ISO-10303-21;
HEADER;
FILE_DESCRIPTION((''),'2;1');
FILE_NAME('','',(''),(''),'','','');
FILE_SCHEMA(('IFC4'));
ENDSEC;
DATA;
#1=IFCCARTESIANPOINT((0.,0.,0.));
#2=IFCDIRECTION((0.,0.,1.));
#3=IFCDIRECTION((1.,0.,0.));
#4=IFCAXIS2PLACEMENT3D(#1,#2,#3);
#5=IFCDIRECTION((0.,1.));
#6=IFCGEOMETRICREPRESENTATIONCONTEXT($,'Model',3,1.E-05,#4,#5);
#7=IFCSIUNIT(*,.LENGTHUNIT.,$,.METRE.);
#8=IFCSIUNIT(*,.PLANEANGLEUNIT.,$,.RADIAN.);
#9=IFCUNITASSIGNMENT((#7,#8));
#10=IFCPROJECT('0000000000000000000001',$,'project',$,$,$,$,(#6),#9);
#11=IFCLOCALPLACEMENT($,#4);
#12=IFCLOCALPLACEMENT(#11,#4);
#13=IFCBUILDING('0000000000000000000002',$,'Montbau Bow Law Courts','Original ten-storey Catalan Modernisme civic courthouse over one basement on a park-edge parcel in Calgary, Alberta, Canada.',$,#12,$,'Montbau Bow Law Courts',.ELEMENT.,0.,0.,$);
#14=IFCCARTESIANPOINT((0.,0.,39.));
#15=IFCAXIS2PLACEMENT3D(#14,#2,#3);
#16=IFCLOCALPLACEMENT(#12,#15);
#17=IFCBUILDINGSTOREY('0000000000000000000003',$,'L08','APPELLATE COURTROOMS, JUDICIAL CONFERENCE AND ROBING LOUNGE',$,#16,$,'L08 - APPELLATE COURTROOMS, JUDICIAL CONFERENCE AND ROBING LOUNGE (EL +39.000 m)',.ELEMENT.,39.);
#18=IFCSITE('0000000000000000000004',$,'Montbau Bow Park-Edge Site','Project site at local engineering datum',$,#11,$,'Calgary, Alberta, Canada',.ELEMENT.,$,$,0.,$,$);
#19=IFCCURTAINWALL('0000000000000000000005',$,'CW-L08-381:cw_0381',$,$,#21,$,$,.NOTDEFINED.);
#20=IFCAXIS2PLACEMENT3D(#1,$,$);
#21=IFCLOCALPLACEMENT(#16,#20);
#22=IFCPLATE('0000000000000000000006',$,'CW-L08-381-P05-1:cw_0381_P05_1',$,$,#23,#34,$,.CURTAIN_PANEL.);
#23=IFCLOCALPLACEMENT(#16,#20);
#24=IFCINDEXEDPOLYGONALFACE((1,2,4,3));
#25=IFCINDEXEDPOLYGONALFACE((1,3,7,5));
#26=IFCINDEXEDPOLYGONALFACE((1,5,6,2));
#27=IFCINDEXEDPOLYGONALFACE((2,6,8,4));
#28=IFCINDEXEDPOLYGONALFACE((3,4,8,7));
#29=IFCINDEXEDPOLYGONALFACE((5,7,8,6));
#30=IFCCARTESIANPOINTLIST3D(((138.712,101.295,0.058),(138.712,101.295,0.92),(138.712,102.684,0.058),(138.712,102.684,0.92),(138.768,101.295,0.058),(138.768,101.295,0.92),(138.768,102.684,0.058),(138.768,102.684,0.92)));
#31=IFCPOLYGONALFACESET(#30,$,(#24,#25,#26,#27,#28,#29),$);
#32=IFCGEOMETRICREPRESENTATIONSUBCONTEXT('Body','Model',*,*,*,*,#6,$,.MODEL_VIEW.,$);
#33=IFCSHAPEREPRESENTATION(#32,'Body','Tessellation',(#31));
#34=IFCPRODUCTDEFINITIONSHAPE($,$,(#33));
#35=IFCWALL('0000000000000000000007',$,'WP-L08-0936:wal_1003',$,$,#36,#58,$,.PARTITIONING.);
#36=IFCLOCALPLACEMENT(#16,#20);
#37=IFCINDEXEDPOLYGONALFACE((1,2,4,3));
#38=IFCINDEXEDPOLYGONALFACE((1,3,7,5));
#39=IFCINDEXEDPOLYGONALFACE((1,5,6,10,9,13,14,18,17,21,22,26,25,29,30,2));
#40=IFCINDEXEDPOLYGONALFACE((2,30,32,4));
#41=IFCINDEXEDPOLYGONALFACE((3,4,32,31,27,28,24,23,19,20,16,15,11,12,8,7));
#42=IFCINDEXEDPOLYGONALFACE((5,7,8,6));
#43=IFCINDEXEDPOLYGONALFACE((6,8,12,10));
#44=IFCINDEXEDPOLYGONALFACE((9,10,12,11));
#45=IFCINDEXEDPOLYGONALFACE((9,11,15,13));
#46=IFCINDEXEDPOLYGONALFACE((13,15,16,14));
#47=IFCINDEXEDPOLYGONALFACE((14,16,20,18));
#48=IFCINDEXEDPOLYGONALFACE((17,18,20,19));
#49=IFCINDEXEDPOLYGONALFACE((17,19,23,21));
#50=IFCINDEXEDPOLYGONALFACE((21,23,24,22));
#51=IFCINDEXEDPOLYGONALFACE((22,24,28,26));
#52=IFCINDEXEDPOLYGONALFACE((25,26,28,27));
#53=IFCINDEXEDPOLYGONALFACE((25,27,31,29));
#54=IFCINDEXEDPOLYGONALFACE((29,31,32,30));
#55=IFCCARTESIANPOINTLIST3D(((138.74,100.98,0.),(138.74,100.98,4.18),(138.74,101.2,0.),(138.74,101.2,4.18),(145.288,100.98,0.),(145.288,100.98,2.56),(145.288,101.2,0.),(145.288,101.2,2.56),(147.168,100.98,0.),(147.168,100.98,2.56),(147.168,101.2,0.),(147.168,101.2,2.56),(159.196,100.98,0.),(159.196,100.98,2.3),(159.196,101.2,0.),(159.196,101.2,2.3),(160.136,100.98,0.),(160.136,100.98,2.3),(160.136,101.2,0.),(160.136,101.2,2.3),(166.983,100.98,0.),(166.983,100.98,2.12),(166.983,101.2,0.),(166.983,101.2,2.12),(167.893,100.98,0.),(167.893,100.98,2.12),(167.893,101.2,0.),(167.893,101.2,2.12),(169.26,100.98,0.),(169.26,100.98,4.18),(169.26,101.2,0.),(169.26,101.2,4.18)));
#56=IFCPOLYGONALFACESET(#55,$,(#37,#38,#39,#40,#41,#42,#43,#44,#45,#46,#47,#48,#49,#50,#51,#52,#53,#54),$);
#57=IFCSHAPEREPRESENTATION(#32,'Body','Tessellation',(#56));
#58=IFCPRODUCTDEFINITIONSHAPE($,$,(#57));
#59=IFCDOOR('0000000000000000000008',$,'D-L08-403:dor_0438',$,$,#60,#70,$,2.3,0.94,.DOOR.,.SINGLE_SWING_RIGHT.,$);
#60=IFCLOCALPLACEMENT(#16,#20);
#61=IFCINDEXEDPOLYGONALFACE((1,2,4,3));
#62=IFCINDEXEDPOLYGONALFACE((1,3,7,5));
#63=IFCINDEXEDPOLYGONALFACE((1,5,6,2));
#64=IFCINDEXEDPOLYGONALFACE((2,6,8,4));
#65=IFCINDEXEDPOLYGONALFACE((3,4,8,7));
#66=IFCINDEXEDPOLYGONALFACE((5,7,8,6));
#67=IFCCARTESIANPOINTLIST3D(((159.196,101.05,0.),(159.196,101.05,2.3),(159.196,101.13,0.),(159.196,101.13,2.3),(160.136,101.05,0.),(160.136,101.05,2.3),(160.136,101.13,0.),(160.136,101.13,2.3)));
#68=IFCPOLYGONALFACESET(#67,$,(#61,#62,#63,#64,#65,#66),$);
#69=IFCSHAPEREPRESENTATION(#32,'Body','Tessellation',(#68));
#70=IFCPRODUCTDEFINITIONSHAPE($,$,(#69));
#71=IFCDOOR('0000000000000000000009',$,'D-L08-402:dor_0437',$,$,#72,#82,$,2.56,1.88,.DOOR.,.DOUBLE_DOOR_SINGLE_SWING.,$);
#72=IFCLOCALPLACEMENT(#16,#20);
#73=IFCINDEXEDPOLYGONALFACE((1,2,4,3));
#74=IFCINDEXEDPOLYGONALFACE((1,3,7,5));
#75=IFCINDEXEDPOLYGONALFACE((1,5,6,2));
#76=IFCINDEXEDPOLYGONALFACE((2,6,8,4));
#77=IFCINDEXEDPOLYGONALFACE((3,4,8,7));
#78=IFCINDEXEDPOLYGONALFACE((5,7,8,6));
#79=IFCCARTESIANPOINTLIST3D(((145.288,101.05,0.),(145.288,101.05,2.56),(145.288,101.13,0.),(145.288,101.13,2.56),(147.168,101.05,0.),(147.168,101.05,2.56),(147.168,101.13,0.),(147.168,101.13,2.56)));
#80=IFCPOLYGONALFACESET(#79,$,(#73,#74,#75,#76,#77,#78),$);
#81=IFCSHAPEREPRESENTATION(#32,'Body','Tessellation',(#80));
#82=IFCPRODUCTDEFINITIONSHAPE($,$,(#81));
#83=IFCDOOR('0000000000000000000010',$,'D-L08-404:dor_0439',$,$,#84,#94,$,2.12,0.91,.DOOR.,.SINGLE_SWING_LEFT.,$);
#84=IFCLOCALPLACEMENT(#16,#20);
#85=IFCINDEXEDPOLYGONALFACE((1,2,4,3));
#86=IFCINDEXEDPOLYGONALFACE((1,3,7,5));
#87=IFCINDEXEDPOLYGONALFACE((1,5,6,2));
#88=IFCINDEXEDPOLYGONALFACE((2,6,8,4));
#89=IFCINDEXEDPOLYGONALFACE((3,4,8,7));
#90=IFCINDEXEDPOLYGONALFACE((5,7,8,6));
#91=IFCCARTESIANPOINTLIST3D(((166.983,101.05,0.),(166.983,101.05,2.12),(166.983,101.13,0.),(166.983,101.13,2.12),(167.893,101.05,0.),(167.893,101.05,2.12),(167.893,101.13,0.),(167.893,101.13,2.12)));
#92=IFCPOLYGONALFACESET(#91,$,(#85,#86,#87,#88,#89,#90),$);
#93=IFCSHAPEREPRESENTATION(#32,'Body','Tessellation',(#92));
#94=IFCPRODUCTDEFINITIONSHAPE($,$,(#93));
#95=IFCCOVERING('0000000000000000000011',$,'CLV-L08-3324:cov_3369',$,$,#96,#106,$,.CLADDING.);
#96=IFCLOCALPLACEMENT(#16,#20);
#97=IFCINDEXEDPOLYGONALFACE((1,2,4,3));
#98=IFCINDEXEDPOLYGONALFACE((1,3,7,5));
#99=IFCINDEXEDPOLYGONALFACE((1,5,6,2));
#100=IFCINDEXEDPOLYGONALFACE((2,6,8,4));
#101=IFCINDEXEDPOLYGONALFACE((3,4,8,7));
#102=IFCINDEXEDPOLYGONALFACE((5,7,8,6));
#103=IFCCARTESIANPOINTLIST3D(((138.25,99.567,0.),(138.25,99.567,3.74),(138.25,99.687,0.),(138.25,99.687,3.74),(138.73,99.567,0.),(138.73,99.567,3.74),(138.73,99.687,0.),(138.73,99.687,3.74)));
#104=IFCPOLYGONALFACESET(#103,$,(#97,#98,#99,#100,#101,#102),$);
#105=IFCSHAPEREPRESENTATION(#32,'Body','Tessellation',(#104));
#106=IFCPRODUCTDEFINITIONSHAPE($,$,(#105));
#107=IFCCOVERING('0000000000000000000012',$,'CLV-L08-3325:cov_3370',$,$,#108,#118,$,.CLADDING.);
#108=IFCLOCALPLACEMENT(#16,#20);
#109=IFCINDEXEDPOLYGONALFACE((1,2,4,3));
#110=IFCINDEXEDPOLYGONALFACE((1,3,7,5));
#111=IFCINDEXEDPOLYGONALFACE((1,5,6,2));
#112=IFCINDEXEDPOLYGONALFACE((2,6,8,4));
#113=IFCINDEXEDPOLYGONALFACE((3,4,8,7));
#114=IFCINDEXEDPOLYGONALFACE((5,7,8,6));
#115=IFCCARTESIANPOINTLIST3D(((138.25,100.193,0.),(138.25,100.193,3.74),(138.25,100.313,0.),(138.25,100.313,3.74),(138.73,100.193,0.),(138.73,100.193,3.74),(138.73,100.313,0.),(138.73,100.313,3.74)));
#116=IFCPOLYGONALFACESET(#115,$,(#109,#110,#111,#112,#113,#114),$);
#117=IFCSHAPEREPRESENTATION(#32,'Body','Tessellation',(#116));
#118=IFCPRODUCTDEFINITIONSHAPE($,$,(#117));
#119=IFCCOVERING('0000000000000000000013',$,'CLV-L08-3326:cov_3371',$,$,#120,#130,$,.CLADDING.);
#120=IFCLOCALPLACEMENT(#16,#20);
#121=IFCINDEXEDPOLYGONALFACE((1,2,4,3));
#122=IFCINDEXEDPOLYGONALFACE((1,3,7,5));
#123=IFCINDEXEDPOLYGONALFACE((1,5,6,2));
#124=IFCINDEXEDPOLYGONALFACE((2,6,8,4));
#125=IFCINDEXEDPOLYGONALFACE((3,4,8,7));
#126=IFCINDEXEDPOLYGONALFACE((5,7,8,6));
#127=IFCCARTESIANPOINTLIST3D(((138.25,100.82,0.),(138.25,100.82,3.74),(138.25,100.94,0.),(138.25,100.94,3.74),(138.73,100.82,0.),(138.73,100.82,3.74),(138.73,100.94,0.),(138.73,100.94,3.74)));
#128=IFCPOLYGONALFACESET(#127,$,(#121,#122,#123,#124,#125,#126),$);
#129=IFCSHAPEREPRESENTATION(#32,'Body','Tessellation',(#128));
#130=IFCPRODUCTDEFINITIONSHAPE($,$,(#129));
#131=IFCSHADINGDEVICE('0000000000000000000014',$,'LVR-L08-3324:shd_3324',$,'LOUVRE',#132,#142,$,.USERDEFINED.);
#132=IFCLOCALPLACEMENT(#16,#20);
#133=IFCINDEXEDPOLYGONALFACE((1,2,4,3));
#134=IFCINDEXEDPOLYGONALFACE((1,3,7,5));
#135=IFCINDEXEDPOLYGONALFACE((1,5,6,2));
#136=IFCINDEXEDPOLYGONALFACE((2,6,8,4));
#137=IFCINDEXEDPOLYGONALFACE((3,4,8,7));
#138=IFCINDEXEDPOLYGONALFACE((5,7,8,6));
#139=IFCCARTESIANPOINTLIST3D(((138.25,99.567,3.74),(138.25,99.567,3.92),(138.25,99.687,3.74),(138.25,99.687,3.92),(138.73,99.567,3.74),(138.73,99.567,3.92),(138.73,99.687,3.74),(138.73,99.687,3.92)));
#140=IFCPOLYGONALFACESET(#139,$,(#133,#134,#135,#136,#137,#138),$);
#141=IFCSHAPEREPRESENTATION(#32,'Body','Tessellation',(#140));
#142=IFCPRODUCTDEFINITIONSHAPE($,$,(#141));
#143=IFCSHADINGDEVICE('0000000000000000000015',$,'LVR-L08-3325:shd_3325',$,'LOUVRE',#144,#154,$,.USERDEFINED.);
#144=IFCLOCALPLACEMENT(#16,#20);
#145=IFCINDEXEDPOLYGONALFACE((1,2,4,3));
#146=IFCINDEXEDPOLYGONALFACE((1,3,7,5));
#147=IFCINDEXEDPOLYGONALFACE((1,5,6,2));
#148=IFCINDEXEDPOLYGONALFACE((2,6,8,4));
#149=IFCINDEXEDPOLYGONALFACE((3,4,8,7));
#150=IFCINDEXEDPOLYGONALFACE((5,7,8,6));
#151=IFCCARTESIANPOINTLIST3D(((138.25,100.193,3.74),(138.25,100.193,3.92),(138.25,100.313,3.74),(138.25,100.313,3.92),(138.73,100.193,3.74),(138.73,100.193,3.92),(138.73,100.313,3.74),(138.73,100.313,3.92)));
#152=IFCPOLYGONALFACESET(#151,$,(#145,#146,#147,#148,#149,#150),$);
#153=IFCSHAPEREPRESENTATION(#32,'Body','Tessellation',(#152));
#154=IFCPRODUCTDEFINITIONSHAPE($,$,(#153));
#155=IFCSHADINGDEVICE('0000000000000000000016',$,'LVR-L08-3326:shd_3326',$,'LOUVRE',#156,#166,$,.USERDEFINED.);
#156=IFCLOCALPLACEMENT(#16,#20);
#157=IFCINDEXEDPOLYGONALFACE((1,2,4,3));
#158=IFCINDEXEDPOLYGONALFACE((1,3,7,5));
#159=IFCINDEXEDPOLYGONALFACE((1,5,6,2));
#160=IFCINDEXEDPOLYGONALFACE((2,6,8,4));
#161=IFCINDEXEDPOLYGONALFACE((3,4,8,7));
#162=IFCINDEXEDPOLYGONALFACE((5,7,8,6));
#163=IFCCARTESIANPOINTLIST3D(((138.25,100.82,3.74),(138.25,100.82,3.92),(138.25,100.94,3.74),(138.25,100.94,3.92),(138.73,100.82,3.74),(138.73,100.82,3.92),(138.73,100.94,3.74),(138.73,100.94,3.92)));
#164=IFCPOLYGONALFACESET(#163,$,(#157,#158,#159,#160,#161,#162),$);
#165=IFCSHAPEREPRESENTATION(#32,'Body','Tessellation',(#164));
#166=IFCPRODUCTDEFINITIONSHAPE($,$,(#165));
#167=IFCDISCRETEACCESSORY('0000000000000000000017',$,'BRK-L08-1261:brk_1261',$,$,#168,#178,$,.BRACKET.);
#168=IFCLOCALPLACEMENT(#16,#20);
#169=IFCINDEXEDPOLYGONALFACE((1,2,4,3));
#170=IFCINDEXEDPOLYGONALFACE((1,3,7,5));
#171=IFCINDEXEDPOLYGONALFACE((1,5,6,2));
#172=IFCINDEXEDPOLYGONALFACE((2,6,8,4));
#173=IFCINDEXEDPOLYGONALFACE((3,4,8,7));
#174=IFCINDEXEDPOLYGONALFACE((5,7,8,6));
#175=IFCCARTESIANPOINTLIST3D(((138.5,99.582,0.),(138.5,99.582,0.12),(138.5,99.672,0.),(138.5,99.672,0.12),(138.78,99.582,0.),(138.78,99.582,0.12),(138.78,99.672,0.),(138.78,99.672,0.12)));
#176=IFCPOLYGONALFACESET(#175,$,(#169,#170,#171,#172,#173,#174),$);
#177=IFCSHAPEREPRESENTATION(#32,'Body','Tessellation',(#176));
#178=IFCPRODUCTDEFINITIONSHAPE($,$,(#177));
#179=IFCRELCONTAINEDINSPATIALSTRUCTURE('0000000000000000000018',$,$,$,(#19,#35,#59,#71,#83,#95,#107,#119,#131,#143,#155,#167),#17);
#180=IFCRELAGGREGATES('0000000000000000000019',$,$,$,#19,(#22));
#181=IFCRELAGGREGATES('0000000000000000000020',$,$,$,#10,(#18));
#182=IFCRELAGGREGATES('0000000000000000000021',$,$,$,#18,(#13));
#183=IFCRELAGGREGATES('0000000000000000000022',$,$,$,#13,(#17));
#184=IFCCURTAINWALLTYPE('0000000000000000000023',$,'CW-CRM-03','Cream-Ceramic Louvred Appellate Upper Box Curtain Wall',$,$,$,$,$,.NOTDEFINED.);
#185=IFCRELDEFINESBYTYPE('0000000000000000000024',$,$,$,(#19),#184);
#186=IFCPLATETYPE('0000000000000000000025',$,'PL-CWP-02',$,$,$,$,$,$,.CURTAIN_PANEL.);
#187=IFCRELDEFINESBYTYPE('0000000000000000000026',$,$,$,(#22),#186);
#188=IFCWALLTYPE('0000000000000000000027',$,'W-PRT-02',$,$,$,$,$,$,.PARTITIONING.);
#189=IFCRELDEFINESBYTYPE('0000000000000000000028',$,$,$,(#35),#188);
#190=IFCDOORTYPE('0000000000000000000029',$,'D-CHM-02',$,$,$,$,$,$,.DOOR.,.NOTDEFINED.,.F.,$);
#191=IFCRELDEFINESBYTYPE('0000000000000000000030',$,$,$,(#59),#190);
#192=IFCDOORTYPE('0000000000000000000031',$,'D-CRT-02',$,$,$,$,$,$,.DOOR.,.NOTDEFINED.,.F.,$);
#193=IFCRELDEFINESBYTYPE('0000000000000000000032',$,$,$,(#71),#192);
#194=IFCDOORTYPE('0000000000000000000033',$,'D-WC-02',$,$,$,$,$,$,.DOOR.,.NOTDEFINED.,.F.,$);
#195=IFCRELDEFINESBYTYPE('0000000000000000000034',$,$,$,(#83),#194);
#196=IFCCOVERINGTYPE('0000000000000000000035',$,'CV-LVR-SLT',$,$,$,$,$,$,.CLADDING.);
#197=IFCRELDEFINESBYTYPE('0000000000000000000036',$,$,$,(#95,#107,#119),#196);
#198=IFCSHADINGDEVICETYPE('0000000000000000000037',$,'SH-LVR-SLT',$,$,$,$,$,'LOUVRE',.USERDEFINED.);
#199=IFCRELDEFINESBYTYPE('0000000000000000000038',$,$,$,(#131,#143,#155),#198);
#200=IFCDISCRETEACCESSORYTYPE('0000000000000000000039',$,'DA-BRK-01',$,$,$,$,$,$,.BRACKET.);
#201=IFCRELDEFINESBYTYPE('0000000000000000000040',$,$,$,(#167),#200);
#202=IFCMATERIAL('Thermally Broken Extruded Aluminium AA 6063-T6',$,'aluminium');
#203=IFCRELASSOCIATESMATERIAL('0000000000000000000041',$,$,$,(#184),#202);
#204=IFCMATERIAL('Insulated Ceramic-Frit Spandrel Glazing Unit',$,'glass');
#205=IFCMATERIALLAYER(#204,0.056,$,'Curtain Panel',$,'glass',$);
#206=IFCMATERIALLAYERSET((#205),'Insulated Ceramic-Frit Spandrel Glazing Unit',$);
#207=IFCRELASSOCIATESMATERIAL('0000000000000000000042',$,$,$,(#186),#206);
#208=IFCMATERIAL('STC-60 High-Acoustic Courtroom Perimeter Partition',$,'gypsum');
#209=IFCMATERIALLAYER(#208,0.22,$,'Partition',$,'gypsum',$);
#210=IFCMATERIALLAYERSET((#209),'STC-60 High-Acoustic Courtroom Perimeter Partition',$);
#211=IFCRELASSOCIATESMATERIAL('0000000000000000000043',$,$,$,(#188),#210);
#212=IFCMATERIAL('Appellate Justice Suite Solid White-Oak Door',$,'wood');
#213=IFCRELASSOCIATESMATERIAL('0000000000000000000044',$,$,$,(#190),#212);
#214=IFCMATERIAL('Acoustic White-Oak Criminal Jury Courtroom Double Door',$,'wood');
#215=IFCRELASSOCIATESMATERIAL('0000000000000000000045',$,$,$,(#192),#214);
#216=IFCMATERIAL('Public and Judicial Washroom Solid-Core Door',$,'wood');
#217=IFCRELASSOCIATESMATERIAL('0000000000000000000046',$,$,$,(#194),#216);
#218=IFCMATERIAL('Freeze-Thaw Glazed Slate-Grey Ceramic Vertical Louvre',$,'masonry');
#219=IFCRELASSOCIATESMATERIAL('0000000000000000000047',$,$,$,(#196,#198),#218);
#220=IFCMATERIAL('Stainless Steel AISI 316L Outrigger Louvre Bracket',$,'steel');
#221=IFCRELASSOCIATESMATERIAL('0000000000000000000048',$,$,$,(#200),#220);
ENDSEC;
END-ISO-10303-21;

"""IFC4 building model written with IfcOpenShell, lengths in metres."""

from ifc_helpers import new_model, si_unit, direction, frame, frame_2d, origin_with_axes, origin_2d_with_axis, place, context, subcontext, project, spatial, rectangle, extrude, material, layer, layer_set, type_object, element, fill, aggregate, save


model = new_model("IFC4")

# Units and contexts
model_context = context("Model", 3, precision=1e-05, world=origin_with_axes(), true_north=direction((0.0, 1.0)))
body_context = subcontext(model_context, "Body", "Model", "MODEL_VIEW")
ifc_project = project(units=[si_unit("LENGTHUNIT", "METRE"), si_unit("PLANEANGLEUNIT", "RADIAN")], contexts=[model_context])

# Site, building, storey
site_placement = place(None, origin_with_axes())
site = spatial("IfcSite", under=ifc_project, at=site_placement, Name="Montbau Bow Park-Edge Site", Description="Project site at local engineering datum", LongName="Calgary, Alberta, Canada", CompositionType="ELEMENT", RefElevation=0.0)
building_placement = place(site_placement, origin_with_axes())
building = spatial("IfcBuilding", under=site, at=building_placement, Name="Montbau Bow Law Courts", Description="Original ten-storey Catalan Modernisme civic courthouse over one basement on a park-edge parcel in Calgary, Alberta, Canada.", LongName="Montbau Bow Law Courts", CompositionType="ELEMENT", ElevationOfRefHeight=0.0, ElevationOfTerrain=0.0)
storey_placement = place(building_placement, frame((0.0, 0.0, 39.0), z_axis=(0.0, 0.0, 1.0), x_axis=(1.0, 0.0, 0.0)))
storey = spatial("IfcBuildingStorey", under=building, at=storey_placement, Name="L08", Description="APPELLATE COURTROOMS, JUDICIAL CONFERENCE AND ROBING LOUNGE", LongName="L08 - APPELLATE COURTROOMS, JUDICIAL CONFERENCE AND ROBING LOUNGE (EL +39.000 m)", CompositionType="ELEMENT", Elevation=39.0)

# Curtain wall, plate
ifc_material_1 = material(Name="Thermally Broken Extruded Aluminium AA 6063-T6", Category="aluminium")
curtain_wall_type = type_object("IfcCurtainWallType", Name="CW-CRM-03", Description="Cream-Ceramic Louvred Appellate Upper Box Curtain Wall", PredefinedType="NOTDEFINED", material=ifc_material_1)
curtain_wall_placement = place(None, frame((138.74, 95.24, 39.0), z_axis=(0.0, 0.0, 1.0), x_axis=(1.0, 0.0, 0.0)))
curtain_wall = element("IfcCurtainWall", 1, at=curtain_wall_placement, inside=storey, type_object=curtain_wall_type, Name="CW-L08-381:cw_0381", PredefinedType="NOTDEFINED")
ifc_material_2 = material(Name="Insulated Ceramic-Frit Spandrel Glazing Unit", Category="glass")
ifc_layer_1 = layer(ifc_material_2, 0.056, Name="Curtain Panel", Category="glass")
ifc_layer_set_1 = layer_set([ifc_layer_1], Name="Insulated Ceramic-Frit Spandrel Glazing Unit")
plate_type_1 = type_object("IfcPlateType", Name="PL-CWP-02", PredefinedType="CURTAIN_PANEL", material=ifc_layer_set_1)
plate_1_placement = place(None, frame((138.74, 101.295, 39.058), z_axis=(1.0, 0.0, 0.0), x_axis=(0.0, 1.0, 0.0)))
plate_1 = element("IfcPlate", 2, at=plate_1_placement, type_object=plate_type_1, Name="CW-L08-381-P05-1:cw_0381_P05_1", PredefinedType="CURTAIN_PANEL", context=body_context, shape_type="SweptSolid", body=[
    extrude(rectangle(XDim=1.389, YDim=0.862, at=frame_2d((0.6945, 0.431), x_axis=(1.0, 0.0))), frame((0.0, 0.0, -0.028), z_axis=(0.0, 0.0, 1.0), x_axis=(1.0, 0.0, 0.0)), (0.0, 0.0, 1.0), 0.056),
])
aggregate(curtain_wall, [plate_1])

# Wall, openings, doors
ifc_material_3 = material(Name="STC-60 High-Acoustic Courtroom Perimeter Partition", Category="gypsum")
ifc_layer_2 = layer(ifc_material_3, 0.22, Name="Partition", Category="gypsum")
ifc_layer_set_2 = layer_set([ifc_layer_2], Name="STC-60 High-Acoustic Courtroom Perimeter Partition")
wall_type = type_object("IfcWallType", Name="W-PRT-02", PredefinedType="PARTITIONING", material=ifc_layer_set_2)
wall_placement = place(None, frame((138.74, 101.09, 39.0), z_axis=(0.0, 0.0, 1.0), x_axis=(1.0, 0.0, 0.0)))
wall = element("IfcWall", 3, at=wall_placement, inside=storey, type_object=wall_type, Name="WP-L08-0936:wal_1003", PredefinedType="PARTITIONING", context=body_context, shape_type="SweptSolid", body=[
    extrude(rectangle(XDim=30.52, YDim=0.22, at=frame_2d((15.26, 0.0), x_axis=(1.0, 0.0))), origin_with_axes(), (0.0, 0.0, 1.0), 4.18),
])
opening_1_placement = place(None, frame((146.228, 101.09, 39.0), z_axis=(0.0, 0.0, 1.0), x_axis=(1.0, 0.0, 0.0)))
opening_1 = element("IfcOpeningElement", 4, at=opening_1_placement, cuts=wall, PredefinedType="OPENING", context=body_context, shape_type="SweptSolid", body=[
    extrude(rectangle(XDim=1.88, YDim=2.56, at=frame_2d((0.0, 1.28), x_axis=(1.0, 0.0))), frame((0.0, 0.12, 0.0), z_axis=(0.0, -1.0, 0.0), x_axis=(1.0, 0.0, 0.0)), (0.0, 0.0, 1.0), 0.24),
])
opening_2_placement = place(None, frame((159.666, 101.09, 39.0), z_axis=(0.0, 0.0, 1.0), x_axis=(1.0, 0.0, 0.0)))
opening_2 = element("IfcOpeningElement", 5, at=opening_2_placement, cuts=wall, PredefinedType="OPENING", context=body_context, shape_type="SweptSolid", body=[
    extrude(rectangle(XDim=0.94, YDim=2.3, at=frame_2d((0.0, 1.15), x_axis=(1.0, 0.0))), frame((0.0, 0.12, 0.0), z_axis=(0.0, -1.0, 0.0), x_axis=(1.0, 0.0, 0.0)), (0.0, 0.0, 1.0), 0.24),
])
opening_3_placement = place(None, frame((167.438, 101.09, 39.0), z_axis=(0.0, 0.0, 1.0), x_axis=(1.0, 0.0, 0.0)))
opening_3 = element("IfcOpeningElement", 6, at=opening_3_placement, cuts=wall, PredefinedType="OPENING", context=body_context, shape_type="SweptSolid", body=[
    extrude(rectangle(XDim=0.91, YDim=2.12, at=frame_2d((0.0, 1.06), x_axis=(1.0, 0.0))), frame((0.0, 0.12, 0.0), z_axis=(0.0, -1.0, 0.0), x_axis=(1.0, 0.0, 0.0)), (0.0, 0.0, 1.0), 0.24),
])
ifc_material_4 = material(Name="Appellate Justice Suite Solid White-Oak Door", Category="wood")
door_type_1 = type_object("IfcDoorType", Name="D-CHM-02", OperationType="NOTDEFINED", ParameterTakesPrecedence=False, PredefinedType="DOOR", material=ifc_material_4)
door_1_placement = place(None, frame((159.666, 101.09, 39.0), z_axis=(0.0, 0.0, 1.0), x_axis=(-1.0, 0.0, 0.0)))
door_1 = element("IfcDoor", 7, at=door_1_placement, inside=storey, type_object=door_type_1, Name="D-L08-403:dor_0438", OperationType="SINGLE_SWING_RIGHT", OverallHeight=2.3, OverallWidth=0.94, PredefinedType="DOOR", context=body_context, shape_type="SweptSolid", body=[
    extrude(rectangle(XDim=0.94, YDim=2.3, at=frame_2d((0.0, 1.15), x_axis=(1.0, 0.0))), frame((0.0, 0.04, 0.0), z_axis=(0.0, -1.0, 0.0), x_axis=(1.0, 0.0, 0.0)), (0.0, 0.0, 1.0), 0.08),
])
fill(opening_2, door_1)
ifc_material_5 = material(Name="Acoustic White-Oak Criminal Jury Courtroom Double Door", Category="wood")
door_type_2 = type_object("IfcDoorType", Name="D-CRT-02", OperationType="NOTDEFINED", ParameterTakesPrecedence=False, PredefinedType="DOOR", material=ifc_material_5)
door_2_placement = place(None, frame((146.228, 101.09, 39.0), z_axis=(0.0, 0.0, 1.0), x_axis=(-1.0, 0.0, 0.0)))
door_2 = element("IfcDoor", 8, at=door_2_placement, inside=storey, type_object=door_type_2, Name="D-L08-402:dor_0437", OperationType="DOUBLE_DOOR_SINGLE_SWING", OverallHeight=2.56, OverallWidth=1.88, PredefinedType="DOOR", context=body_context, shape_type="SweptSolid", body=[
    extrude(rectangle(XDim=1.88, YDim=2.56, at=frame_2d((0.0, 1.28), x_axis=(1.0, 0.0))), frame((0.0, 0.04, 0.0), z_axis=(0.0, -1.0, 0.0), x_axis=(1.0, 0.0, 0.0)), (0.0, 0.0, 1.0), 0.08),
])
fill(opening_1, door_2)
ifc_material_6 = material(Name="Public and Judicial Washroom Solid-Core Door", Category="wood")
door_type_3 = type_object("IfcDoorType", Name="D-WC-02", OperationType="NOTDEFINED", ParameterTakesPrecedence=False, PredefinedType="DOOR", material=ifc_material_6)
door_3_placement = place(None, frame((167.438, 101.09, 39.0), z_axis=(0.0, 0.0, 1.0), x_axis=(-1.0, 0.0, 0.0)))
door_3 = element("IfcDoor", 9, at=door_3_placement, inside=storey, type_object=door_type_3, Name="D-L08-404:dor_0439", OperationType="SINGLE_SWING_LEFT", OverallHeight=2.12, OverallWidth=0.91, PredefinedType="DOOR", context=body_context, shape_type="SweptSolid", body=[
    extrude(rectangle(XDim=0.91, YDim=2.12, at=frame_2d((0.0, 1.06), x_axis=(1.0, 0.0))), frame((0.0, 0.04, 0.0), z_axis=(0.0, -1.0, 0.0), x_axis=(1.0, 0.0, 0.0)), (0.0, 0.0, 1.0), 0.08),
])
fill(opening_3, door_3)

# Coverings
ifc_material_7 = material(Name="Freeze-Thaw Glazed Slate-Grey Ceramic Vertical Louvre", Category="masonry")
covering_type = type_object("IfcCoveringType", Name="CV-LVR-SLT", PredefinedType="CLADDING", material=ifc_material_7)
for number, where, z_axis, x_axis, name in (
    (10, (138.73, 99.627, 39.0), (0.0, 1.0, 0.0), (-1.0, 0.0, 0.0), "CLV-L08-3324:cov_3369"),
    (11, (138.73, 100.253, 39.0), (0.0, 1.0, 0.0), (-1.0, 0.0, 0.0), "CLV-L08-3325:cov_3370"),
    (12, (138.73, 100.88, 39.0), (0.0, 1.0, 0.0), (-1.0, 0.0, 0.0), "CLV-L08-3326:cov_3371"),
):
    element("IfcCovering", number, at=place(None, frame(where, z_axis=z_axis, x_axis=x_axis)), inside=storey, type_object=covering_type, Name=name, PredefinedType="CLADDING", context=body_context, shape_type="SweptSolid", body=[
        extrude(rectangle(XDim=0.48, YDim=3.74, at=frame_2d((0.24, 1.87), x_axis=(1.0, 0.0))), frame((0.0, 0.0, -0.06), z_axis=(0.0, 0.0, 1.0), x_axis=(1.0, 0.0, 0.0)), (0.0, 0.0, 1.0), 0.12),
    ])

# Shading devices
shading_device_type = type_object("IfcShadingDeviceType", Name="SH-LVR-SLT", ElementType="LOUVRE", PredefinedType="USERDEFINED", material=ifc_material_7)
for number, where, z_axis, x_axis, name in (
    (13, (138.49, 99.627, 42.74), (0.0, 0.0, 1.0), (-1.0, 0.0, 0.0), "LVR-L08-3324:shd_3324"),
    (14, (138.49, 100.253, 42.74), (0.0, 0.0, 1.0), (-1.0, 0.0, 0.0), "LVR-L08-3325:shd_3325"),
    (15, (138.49, 100.88, 42.74), (0.0, 0.0, 1.0), (-1.0, 0.0, 0.0), "LVR-L08-3326:shd_3326"),
):
    element("IfcShadingDevice", number, at=place(None, frame(where, z_axis=z_axis, x_axis=x_axis)), inside=storey, type_object=shading_device_type, Name=name, ObjectType="LOUVRE", PredefinedType="USERDEFINED", context=body_context, shape_type="SweptSolid", body=[
        extrude(rectangle(XDim=0.48, YDim=0.12, at=origin_2d_with_axis()), origin_with_axes(), (0.0, 0.0, 1.0), 0.18),
    ])

# Discrete accessory
ifc_material_8 = material(Name="Stainless Steel AISI 316L Outrigger Louvre Bracket", Category="steel")
discrete_accessory_type = type_object("IfcDiscreteAccessoryType", Name="DA-BRK-01", PredefinedType="BRACKET", material=ifc_material_8)
discrete_accessory_placement = place(None, frame((138.64, 99.627, 39.0), z_axis=(0.0, 0.0, 1.0), x_axis=(-1.0, 0.0, 0.0)))
element("IfcDiscreteAccessory", 16, at=discrete_accessory_placement, inside=storey, type_object=discrete_accessory_type, Name="BRK-L08-1261:brk_1261", PredefinedType="BRACKET", context=body_context, shape_type="SweptSolid", body=[
    extrude(rectangle(XDim=0.28, YDim=0.09, at=origin_2d_with_axis()), origin_with_axes(), (0.0, 0.0, 1.0), 0.12),
])

save(model, "model.ifc")
